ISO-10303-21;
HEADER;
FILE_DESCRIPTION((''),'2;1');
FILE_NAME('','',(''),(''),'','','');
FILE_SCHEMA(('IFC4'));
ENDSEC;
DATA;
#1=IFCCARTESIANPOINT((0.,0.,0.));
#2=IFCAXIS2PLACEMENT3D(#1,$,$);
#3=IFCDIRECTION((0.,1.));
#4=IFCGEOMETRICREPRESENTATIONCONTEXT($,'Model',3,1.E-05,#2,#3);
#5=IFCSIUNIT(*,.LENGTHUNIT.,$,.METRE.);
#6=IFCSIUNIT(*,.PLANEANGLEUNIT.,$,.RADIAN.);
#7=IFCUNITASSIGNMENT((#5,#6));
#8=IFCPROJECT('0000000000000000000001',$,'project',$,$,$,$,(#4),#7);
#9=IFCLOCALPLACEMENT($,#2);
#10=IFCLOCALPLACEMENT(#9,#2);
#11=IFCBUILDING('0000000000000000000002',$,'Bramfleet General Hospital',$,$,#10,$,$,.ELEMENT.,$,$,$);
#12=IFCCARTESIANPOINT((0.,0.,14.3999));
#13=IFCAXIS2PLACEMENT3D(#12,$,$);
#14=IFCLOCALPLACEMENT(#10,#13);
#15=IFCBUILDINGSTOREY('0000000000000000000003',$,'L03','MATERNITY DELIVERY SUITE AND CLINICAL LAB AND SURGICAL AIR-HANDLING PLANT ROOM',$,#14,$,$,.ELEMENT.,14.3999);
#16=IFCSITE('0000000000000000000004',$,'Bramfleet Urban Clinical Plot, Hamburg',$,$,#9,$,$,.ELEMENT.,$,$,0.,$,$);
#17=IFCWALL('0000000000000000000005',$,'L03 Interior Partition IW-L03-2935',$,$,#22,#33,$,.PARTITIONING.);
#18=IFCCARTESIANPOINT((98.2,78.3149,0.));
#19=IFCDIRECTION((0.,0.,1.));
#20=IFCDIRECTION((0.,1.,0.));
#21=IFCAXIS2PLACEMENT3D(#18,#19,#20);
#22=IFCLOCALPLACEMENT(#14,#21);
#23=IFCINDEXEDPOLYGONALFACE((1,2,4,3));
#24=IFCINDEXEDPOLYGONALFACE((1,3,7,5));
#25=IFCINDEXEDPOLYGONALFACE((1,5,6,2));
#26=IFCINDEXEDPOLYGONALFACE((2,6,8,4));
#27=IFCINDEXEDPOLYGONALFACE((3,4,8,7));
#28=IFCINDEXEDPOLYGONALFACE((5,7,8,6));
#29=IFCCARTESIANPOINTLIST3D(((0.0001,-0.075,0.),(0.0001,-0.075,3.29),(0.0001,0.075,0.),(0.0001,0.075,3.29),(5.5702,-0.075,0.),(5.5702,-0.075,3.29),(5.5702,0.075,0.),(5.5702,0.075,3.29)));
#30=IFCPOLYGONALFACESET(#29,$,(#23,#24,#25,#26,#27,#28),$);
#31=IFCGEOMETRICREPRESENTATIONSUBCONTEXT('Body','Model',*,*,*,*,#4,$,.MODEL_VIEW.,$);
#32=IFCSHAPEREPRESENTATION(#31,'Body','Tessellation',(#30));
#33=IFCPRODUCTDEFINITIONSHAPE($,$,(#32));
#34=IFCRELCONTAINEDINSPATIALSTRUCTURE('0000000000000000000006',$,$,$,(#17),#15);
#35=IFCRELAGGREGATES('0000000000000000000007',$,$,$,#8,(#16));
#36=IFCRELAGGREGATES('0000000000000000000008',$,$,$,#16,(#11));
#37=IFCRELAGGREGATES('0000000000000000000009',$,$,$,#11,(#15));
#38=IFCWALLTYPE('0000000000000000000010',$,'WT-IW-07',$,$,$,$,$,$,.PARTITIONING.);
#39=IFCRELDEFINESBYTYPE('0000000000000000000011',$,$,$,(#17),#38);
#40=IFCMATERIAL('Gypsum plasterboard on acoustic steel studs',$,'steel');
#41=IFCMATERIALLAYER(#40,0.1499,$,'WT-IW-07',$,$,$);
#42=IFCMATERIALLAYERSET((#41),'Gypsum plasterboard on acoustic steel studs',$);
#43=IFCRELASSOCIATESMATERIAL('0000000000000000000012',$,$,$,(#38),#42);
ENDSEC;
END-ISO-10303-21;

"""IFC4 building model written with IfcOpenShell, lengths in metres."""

from ifc_helpers import new_model, si_unit, direction, frame, frame_2d, origin, place, context, subcontext, project, spatial, rectangle, extrude, material, layer, layer_set, type_object, element, save


model = new_model("IFC4")

# Units and contexts
model_context = context("Model", 3, precision=1e-05, world=origin(), true_north=direction((0.0, 1.0)))
body_context = subcontext(model_context, "Body", "Model", "MODEL_VIEW")
ifc_project = project(units=[si_unit("LENGTHUNIT", "METRE"), si_unit("PLANEANGLEUNIT", "RADIAN")], contexts=[model_context])

# Site, building, storey
site_placement = place(None, origin())
site = spatial("IfcSite", under=ifc_project, at=site_placement, Name="Bramfleet Urban Clinical Plot, Hamburg", CompositionType="ELEMENT", RefElevation=0.0)
building_placement = place(site_placement, origin())
building = spatial("IfcBuilding", under=site, at=building_placement, Name="Bramfleet General Hospital", CompositionType="ELEMENT")
storey_placement = place(building_placement, frame((0.0, 0.0, 14.3999)))
storey = spatial("IfcBuildingStorey", under=building, at=storey_placement, Name="L03", Description="MATERNITY DELIVERY SUITE AND CLINICAL LAB AND SURGICAL AIR-HANDLING PLANT ROOM", CompositionType="ELEMENT", Elevation=14.3999)

# Wall
ifc_material_1 = material(Name="Gypsum plasterboard on acoustic steel studs", Category="steel")
ifc_layer_1 = layer(ifc_material_1, 0.1499, Name="WT-IW-07")
ifc_layer_set_1 = layer_set([ifc_layer_1], Name="Gypsum plasterboard on acoustic steel studs")
wall_type_1 = type_object("IfcWallType", Name="WT-IW-07", PredefinedType="PARTITIONING", material=ifc_layer_set_1)
wall_1_placement = place(storey_placement, frame((98.2, 78.3149, 0.0), z_axis=(0.0, 0.0, 1.0), x_axis=(0.0, 1.0, 0.0)))
element("IfcWall", 1, at=wall_1_placement, inside=storey, type_object=wall_type_1, Name="L03 Interior Partition IW-L03-2935", PredefinedType="PARTITIONING", context=body_context, shape_type="SweptSolid", body=[
    extrude(rectangle(XDim=5.5701, YDim=0.1499, at=frame_2d((2.7852, 0.0))), origin(), (0.0, 0.0, 1.0), 3.29),
])

save(model, "model.ifc")
